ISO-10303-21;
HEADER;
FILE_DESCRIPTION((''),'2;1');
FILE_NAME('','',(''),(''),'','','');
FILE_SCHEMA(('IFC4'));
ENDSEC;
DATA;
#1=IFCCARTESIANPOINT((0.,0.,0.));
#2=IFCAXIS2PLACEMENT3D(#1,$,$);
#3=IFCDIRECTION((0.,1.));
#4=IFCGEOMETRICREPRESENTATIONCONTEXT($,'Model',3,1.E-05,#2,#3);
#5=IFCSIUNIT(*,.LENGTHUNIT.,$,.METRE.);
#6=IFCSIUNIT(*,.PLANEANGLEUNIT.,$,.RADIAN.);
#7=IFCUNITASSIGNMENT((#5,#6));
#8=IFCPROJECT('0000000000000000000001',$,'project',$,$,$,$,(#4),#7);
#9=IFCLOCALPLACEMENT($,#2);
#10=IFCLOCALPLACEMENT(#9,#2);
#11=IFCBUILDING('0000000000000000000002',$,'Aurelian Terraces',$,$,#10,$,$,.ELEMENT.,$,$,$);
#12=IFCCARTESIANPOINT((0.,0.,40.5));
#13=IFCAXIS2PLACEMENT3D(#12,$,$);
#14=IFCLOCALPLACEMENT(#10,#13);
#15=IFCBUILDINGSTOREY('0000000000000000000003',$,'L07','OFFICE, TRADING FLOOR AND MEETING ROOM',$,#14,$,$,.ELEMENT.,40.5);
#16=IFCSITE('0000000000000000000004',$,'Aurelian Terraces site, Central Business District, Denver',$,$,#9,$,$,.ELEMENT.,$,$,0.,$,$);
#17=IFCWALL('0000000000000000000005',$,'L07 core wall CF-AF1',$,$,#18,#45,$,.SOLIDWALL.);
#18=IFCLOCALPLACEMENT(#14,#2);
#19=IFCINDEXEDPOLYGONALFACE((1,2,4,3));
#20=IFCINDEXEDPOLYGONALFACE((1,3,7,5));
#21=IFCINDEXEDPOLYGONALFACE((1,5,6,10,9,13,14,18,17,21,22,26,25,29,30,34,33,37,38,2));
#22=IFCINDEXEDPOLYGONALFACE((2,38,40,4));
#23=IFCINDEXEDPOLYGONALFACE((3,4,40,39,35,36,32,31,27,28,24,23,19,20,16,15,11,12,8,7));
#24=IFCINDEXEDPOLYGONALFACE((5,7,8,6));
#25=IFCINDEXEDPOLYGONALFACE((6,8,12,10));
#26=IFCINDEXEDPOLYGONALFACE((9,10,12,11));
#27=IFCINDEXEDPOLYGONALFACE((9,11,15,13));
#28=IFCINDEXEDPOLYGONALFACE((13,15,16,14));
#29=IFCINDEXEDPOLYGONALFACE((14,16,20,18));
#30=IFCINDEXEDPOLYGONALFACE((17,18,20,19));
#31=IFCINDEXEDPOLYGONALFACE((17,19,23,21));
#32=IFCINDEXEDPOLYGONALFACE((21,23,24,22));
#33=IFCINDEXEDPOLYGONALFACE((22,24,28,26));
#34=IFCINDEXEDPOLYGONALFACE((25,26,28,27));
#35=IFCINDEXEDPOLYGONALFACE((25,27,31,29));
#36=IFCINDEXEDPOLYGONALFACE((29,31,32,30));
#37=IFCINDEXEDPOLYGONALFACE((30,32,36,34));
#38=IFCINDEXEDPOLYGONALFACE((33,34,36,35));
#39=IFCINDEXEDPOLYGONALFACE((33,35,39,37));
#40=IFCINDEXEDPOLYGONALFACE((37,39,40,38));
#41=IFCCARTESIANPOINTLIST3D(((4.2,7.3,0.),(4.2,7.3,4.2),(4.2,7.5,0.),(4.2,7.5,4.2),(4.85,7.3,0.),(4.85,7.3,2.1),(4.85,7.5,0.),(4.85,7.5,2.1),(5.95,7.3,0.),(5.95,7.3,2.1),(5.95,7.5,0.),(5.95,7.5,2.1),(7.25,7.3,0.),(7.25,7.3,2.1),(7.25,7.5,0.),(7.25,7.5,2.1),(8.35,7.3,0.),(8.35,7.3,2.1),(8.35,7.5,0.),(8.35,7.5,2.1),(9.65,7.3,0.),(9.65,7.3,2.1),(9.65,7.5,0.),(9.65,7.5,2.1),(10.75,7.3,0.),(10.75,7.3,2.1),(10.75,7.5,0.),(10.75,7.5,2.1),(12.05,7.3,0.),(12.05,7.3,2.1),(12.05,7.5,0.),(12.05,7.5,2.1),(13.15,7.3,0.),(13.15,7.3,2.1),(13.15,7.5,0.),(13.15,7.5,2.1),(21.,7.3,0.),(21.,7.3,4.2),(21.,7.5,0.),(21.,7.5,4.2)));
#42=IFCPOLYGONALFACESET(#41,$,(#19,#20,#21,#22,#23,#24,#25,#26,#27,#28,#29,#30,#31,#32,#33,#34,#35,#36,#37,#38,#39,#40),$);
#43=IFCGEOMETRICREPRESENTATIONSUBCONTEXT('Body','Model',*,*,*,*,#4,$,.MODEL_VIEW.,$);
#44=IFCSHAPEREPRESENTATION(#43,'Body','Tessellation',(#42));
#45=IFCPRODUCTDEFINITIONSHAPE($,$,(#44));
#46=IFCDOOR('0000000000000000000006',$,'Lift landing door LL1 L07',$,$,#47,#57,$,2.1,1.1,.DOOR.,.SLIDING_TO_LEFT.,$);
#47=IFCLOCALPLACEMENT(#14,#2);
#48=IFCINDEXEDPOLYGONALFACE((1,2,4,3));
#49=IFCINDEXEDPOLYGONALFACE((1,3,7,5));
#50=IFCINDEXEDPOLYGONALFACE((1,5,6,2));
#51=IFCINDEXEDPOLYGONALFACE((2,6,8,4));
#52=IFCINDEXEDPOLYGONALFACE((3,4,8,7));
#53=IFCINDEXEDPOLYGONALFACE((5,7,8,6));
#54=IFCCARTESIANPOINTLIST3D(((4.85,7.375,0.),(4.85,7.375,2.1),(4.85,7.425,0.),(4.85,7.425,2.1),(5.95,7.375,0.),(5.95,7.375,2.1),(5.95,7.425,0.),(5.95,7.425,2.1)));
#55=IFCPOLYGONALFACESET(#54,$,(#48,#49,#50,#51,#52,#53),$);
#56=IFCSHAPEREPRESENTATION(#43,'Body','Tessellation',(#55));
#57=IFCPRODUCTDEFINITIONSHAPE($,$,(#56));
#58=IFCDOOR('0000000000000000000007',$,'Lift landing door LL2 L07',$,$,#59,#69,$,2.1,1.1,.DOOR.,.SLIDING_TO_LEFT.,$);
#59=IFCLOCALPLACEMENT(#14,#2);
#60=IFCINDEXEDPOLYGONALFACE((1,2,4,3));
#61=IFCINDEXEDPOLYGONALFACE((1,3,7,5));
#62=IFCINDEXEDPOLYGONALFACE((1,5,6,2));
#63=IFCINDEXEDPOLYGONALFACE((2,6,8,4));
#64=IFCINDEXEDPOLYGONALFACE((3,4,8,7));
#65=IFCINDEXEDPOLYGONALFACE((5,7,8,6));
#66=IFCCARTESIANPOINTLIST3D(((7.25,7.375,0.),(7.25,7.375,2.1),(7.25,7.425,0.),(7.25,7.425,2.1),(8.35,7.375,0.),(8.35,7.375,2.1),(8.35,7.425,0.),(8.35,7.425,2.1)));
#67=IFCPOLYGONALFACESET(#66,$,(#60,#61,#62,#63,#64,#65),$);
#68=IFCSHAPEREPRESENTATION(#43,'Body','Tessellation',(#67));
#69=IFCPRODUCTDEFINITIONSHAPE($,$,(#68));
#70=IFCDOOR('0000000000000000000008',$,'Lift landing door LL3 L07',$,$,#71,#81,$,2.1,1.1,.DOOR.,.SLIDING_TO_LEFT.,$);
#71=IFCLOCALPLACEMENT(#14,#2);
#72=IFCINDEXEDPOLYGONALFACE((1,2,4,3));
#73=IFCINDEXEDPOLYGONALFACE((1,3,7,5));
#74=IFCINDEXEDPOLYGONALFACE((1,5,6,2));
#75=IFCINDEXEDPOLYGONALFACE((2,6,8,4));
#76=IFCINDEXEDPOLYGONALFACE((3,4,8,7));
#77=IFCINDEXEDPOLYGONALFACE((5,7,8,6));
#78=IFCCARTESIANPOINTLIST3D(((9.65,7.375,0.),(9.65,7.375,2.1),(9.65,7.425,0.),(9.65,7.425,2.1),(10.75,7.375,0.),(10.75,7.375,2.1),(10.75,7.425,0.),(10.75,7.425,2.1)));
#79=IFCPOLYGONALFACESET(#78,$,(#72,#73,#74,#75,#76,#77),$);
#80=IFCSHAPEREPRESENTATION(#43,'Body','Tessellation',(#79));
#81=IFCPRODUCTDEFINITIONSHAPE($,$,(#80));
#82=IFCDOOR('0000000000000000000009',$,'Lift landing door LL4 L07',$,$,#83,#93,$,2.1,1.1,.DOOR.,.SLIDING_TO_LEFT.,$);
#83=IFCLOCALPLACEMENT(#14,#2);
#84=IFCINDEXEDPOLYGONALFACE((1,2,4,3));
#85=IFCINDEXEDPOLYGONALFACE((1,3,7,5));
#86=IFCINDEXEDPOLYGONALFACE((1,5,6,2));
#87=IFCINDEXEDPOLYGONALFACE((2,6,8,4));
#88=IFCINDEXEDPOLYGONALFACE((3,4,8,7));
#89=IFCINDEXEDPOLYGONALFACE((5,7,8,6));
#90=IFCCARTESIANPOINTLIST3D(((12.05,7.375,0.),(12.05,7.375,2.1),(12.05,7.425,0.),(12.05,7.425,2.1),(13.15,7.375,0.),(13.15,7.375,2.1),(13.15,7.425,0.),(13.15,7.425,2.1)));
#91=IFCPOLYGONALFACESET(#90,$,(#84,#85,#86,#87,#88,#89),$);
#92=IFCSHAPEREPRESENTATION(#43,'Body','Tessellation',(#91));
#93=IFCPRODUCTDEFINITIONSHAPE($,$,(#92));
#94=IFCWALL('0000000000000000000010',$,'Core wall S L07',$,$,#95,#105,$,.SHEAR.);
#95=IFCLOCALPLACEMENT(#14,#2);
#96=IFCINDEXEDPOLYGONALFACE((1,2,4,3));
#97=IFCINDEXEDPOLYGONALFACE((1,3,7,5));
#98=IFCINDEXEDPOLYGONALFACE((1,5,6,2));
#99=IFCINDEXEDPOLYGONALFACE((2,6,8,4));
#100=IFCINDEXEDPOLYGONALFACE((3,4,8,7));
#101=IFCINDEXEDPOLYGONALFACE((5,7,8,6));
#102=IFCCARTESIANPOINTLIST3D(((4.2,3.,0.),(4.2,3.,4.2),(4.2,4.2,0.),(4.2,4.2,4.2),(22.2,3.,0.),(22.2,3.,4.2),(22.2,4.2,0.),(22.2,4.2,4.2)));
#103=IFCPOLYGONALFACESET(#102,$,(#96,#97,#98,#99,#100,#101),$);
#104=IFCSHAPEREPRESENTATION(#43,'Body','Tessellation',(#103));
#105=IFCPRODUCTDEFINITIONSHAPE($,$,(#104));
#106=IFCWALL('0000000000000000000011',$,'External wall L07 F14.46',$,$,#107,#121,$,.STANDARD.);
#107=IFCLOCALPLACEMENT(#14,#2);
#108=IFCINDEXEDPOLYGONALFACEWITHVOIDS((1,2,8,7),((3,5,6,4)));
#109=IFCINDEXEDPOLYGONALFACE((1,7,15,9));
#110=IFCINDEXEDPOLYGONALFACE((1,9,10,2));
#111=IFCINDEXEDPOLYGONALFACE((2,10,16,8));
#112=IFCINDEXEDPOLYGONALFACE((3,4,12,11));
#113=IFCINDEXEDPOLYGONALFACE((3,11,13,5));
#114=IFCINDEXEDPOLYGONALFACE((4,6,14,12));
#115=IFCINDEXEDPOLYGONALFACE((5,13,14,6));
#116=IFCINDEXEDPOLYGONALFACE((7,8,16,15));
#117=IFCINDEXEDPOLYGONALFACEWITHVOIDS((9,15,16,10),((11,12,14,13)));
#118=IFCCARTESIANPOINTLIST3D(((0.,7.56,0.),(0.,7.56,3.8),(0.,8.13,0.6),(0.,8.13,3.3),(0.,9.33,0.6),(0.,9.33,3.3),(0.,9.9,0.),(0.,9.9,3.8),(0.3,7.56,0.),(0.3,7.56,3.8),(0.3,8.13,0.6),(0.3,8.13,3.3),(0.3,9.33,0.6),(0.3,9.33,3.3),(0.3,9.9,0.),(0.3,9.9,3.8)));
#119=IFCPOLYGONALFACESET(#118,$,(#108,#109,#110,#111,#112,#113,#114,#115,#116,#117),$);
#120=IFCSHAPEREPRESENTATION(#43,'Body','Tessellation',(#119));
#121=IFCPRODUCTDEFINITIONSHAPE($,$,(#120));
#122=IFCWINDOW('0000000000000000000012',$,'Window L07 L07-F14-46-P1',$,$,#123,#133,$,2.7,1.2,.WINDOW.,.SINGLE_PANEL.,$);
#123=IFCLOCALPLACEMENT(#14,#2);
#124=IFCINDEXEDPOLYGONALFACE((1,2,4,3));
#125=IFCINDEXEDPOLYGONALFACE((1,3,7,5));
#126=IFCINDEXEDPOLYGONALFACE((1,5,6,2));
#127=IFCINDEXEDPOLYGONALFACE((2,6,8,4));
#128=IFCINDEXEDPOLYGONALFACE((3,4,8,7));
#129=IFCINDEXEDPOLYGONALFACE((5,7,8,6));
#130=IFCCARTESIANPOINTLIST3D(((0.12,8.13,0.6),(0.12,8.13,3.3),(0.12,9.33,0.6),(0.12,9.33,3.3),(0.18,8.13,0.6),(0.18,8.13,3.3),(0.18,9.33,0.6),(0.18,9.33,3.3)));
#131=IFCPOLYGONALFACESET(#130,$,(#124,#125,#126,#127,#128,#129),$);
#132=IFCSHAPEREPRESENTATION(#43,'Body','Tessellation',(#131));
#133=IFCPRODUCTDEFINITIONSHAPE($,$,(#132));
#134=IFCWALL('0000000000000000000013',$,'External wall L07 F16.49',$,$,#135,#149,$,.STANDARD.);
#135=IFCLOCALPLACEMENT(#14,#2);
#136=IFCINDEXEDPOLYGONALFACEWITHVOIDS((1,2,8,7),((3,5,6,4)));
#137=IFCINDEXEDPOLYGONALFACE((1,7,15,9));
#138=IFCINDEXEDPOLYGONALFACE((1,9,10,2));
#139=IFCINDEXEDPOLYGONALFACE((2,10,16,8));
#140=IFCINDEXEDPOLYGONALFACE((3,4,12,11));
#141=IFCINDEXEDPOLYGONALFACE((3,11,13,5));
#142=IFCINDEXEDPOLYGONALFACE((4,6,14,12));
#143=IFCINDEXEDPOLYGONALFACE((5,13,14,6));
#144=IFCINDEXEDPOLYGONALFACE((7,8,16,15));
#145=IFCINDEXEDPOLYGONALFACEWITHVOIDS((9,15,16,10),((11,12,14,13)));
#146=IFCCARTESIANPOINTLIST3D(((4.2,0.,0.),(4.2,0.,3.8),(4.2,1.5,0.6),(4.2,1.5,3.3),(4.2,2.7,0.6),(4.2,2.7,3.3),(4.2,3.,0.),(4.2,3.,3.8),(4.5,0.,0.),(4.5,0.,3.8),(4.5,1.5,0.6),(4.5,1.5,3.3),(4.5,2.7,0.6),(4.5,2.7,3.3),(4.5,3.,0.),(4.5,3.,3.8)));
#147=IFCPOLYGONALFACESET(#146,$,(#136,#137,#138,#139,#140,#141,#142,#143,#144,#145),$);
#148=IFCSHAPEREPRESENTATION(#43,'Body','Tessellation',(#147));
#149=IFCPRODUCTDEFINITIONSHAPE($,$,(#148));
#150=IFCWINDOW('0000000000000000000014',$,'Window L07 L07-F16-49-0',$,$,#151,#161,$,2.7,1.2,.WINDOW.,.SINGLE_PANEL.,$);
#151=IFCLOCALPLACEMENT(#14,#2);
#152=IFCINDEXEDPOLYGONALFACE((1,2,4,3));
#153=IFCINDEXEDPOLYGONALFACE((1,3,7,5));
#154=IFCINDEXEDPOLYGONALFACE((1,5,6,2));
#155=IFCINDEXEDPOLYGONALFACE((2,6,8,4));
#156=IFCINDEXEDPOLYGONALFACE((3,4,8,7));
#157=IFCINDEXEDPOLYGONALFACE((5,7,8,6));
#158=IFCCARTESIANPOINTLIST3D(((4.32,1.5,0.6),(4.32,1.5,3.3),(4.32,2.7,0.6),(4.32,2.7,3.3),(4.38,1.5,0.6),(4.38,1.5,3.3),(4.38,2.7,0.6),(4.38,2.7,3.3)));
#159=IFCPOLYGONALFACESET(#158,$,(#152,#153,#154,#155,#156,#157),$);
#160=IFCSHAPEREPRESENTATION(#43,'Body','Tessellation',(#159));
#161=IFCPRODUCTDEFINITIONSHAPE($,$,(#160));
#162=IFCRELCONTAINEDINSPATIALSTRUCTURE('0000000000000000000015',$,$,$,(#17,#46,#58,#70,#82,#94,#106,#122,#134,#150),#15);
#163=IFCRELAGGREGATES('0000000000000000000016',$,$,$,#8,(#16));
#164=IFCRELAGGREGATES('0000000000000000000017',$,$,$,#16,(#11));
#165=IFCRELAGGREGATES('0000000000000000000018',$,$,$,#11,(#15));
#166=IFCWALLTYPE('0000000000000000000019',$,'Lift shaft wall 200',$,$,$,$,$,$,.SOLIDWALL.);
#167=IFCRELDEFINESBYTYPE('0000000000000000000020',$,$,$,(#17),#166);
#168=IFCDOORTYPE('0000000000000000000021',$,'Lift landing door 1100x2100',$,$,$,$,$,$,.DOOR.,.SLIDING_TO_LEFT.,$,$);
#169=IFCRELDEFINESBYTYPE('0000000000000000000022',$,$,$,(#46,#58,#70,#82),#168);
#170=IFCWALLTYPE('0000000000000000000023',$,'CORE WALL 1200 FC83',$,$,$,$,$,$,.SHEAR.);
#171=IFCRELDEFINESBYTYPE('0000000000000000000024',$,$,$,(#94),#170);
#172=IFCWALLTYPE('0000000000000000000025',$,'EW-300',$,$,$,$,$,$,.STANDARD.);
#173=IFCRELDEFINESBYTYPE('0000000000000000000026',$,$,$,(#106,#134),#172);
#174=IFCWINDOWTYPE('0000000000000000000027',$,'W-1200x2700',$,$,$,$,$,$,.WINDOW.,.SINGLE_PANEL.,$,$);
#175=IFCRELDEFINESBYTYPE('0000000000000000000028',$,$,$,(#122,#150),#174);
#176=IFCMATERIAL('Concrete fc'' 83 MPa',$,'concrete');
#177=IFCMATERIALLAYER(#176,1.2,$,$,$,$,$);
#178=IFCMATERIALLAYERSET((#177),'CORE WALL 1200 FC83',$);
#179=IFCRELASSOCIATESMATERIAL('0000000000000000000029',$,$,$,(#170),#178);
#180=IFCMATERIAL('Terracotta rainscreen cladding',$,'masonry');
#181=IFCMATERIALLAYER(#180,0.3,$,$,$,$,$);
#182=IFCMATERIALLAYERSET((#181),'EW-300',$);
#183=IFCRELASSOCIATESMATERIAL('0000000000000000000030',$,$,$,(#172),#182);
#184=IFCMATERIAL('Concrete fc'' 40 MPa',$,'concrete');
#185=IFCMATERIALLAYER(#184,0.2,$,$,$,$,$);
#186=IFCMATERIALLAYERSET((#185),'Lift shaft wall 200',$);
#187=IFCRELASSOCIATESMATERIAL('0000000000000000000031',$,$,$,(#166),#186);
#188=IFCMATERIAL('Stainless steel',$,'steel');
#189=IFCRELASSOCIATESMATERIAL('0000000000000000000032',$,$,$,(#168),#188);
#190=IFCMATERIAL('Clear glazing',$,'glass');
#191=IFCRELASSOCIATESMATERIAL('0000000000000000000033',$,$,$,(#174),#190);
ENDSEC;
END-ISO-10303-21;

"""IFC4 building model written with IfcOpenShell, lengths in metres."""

from ifc_helpers import new_model, si_unit, direction, frame, frame_2d, origin, place, context, subcontext, project, spatial, rectangle, extrude, source, transform, mapped, material, layer, layer_set, type_object, element, fill, save


model = new_model("IFC4")

# Units and contexts
model_context = context("Model", 3, precision=1e-05, world=origin(), true_north=direction((0.0, 1.0)))
body_context = subcontext(model_context, "Body", "Model", "MODEL_VIEW")
ifc_project = project(units=[si_unit("LENGTHUNIT", "METRE"), si_unit("PLANEANGLEUNIT", "RADIAN")], contexts=[model_context])

# Site, building, storey
site_placement = place(None, origin())
site = spatial("IfcSite", under=ifc_project, at=site_placement, Name="Aurelian Terraces site, Central Business District, Denver", CompositionType="ELEMENT", RefElevation=0.0)
building_placement = place(site_placement, origin())
building = spatial("IfcBuilding", under=site, at=building_placement, Name="Aurelian Terraces", CompositionType="ELEMENT")
storey_placement = place(building_placement, frame((0.0, 0.0, 40.5)))
storey = spatial("IfcBuildingStorey", under=building, at=storey_placement, Name="L07", Description="OFFICE, TRADING FLOOR AND MEETING ROOM", CompositionType="ELEMENT", Elevation=40.5)

# Shared definitions
ifc_material_1 = material(Name="Concrete fc' 83 MPa", Category="concrete")

# Shared definitions
ifc_layer_1 = layer(ifc_material_1, 1.2)
ifc_layer_set_1 = layer_set([ifc_layer_1], Name="CORE WALL 1200 FC83")
wall_type_1 = type_object("IfcWallType", Name="CORE WALL 1200 FC83", PredefinedType="SHEAR", material=ifc_layer_set_1)

# Shared definitions
ifc_material_2 = material(Name="Terracotta rainscreen cladding", Category="masonry")
ifc_layer_2 = layer(ifc_material_2, 0.3)
ifc_layer_set_2 = layer_set([ifc_layer_2], Name="EW-300")
wall_type_2 = type_object("IfcWallType", Name="EW-300", PredefinedType="STANDARD", material=ifc_layer_set_2)
ifc_material_3 = material(Name="Clear glazing", Category="glass")

# Shared definitions
ifc_material_4 = material(Name="Concrete fc' 40 MPa", Category="concrete")
ifc_layer_3 = layer(ifc_material_4, 0.2)
ifc_layer_set_3 = layer_set([ifc_layer_3], Name="Lift shaft wall 200")
wall_type_3 = type_object("IfcWallType", Name="Lift shaft wall 200", PredefinedType="SOLIDWALL", material=ifc_layer_set_3)

# Wall, openings, doors
wall_1_placement = place(storey_placement, frame((4.2, 7.4, 0.0), z_axis=(0.0, 0.0, 1.0), x_axis=(1.0, 0.0, 0.0)))
wall_1 = element("IfcWall", 1, at=wall_1_placement, inside=storey, type_object=wall_type_3, Name="L07 core wall CF-AF1", PredefinedType="SOLIDWALL", context=body_context, shape_type="SweptSolid", body=[
    extrude(rectangle(XDim=16.8, YDim=0.2, at=frame_2d((8.4, 0.0))), origin(), (0.0, 0.0, 1.0), 4.2),
])
shared_shape_1 = source(origin(), body_context, "Body", "SweptSolid", [
    extrude(rectangle(XDim=1.1, YDim=2.1, at=frame_2d((0.55, 1.05))), frame((0.0, 0.11, 0.0), z_axis=(0.0, -1.0, 0.0), x_axis=(1.0, 0.0, 0.0)), (0.0, 0.0, 1.0), 0.22),
])
opening_1_placement = place(wall_1_placement, frame((0.65, 0.0, 0.0)))
opening_1 = element("IfcOpeningElement", 2, at=opening_1_placement, cuts=wall_1, PredefinedType="OPENING", context=body_context, shape_type="MappedRepresentation", body=[
    mapped(shared_shape_1, transform((0.0, 0.0, 0.0), scale=1.0)),
])
opening_2_placement = place(wall_1_placement, frame((3.05, 0.0, 0.0)))
opening_2 = element("IfcOpeningElement", 3, at=opening_2_placement, cuts=wall_1, PredefinedType="OPENING", context=body_context, shape_type="MappedRepresentation", body=[
    mapped(shared_shape_1, transform((0.0, 0.0, 0.0), scale=1.0)),
])
opening_3_placement = place(wall_1_placement, frame((5.45, 0.0, 0.0)))
opening_3 = element("IfcOpeningElement", 4, at=opening_3_placement, cuts=wall_1, PredefinedType="OPENING", context=body_context, shape_type="MappedRepresentation", body=[
    mapped(shared_shape_1, transform((0.0, 0.0, 0.0), scale=1.0)),
])
opening_4_placement = place(wall_1_placement, frame((7.85, 0.0, 0.0)))
opening_4 = element("IfcOpeningElement", 5, at=opening_4_placement, cuts=wall_1, PredefinedType="OPENING", context=body_context, shape_type="MappedRepresentation", body=[
    mapped(shared_shape_1, transform((0.0, 0.0, 0.0), scale=1.0)),
])
ifc_material_5 = material(Name="Stainless steel", Category="steel")
door_type_1 = type_object("IfcDoorType", Name="Lift landing door 1100x2100", OperationType="SLIDING_TO_LEFT", PredefinedType="DOOR", material=ifc_material_5)
shared_shape_2 = source(origin(), body_context, "Body", "SweptSolid", [
    extrude(rectangle(XDim=1.1, YDim=2.1, at=frame_2d((0.55, 1.05))), frame((0.0, 0.025, 0.0), z_axis=(0.0, -1.0, 0.0), x_axis=(1.0, 0.0, 0.0)), (0.0, 0.0, 1.0), 0.05),
])
door_1_placement = place(opening_1_placement, origin())
door_1 = element("IfcDoor", 6, at=door_1_placement, inside=storey, type_object=door_type_1, Name="Lift landing door LL1 L07", OperationType="SLIDING_TO_LEFT", OverallHeight=2.1, OverallWidth=1.1, PredefinedType="DOOR", context=body_context, shape_type="MappedRepresentation", body=[
    mapped(shared_shape_2, transform((0.0, 0.0, 0.0), scale=1.0)),
])
fill(opening_1, door_1)
door_2_placement = place(opening_2_placement, origin())
door_2 = element("IfcDoor", 7, at=door_2_placement, inside=storey, type_object=door_type_1, Name="Lift landing door LL2 L07", OperationType="SLIDING_TO_LEFT", OverallHeight=2.1, OverallWidth=1.1, PredefinedType="DOOR", context=body_context, shape_type="MappedRepresentation", body=[
    mapped(shared_shape_2, transform((0.0, 0.0, 0.0), scale=1.0)),
])
fill(opening_2, door_2)
door_3_placement = place(opening_3_placement, origin())
door_3 = element("IfcDoor", 8, at=door_3_placement, inside=storey, type_object=door_type_1, Name="Lift landing door LL3 L07", OperationType="SLIDING_TO_LEFT", OverallHeight=2.1, OverallWidth=1.1, PredefinedType="DOOR", context=body_context, shape_type="MappedRepresentation", body=[
    mapped(shared_shape_2, transform((0.0, 0.0, 0.0), scale=1.0)),
])
fill(opening_3, door_3)
door_4_placement = place(opening_4_placement, origin())
door_4 = element("IfcDoor", 9, at=door_4_placement, inside=storey, type_object=door_type_1, Name="Lift landing door LL4 L07", OperationType="SLIDING_TO_LEFT", OverallHeight=2.1, OverallWidth=1.1, PredefinedType="DOOR", context=body_context, shape_type="MappedRepresentation", body=[
    mapped(shared_shape_2, transform((0.0, 0.0, 0.0), scale=1.0)),
])
fill(opening_4, door_4)

# Wall
shared_shape_3 = source(origin(), body_context, "Body", "SweptSolid", [
    extrude(rectangle(XDim=18.0, YDim=1.2, at=frame_2d((9.0, 0.0))), origin(), (0.0, 0.0, 1.0), 4.2),
])
wall_2_placement = place(storey_placement, frame((4.2, 3.6, 0.0), z_axis=(0.0, 0.0, 1.0), x_axis=(1.0, 0.0, 0.0)))
element("IfcWall", 10, at=wall_2_placement, inside=storey, type_object=wall_type_1, Name="Core wall S L07", PredefinedType="SHEAR", context=body_context, shape_type="MappedRepresentation", body=[
    mapped(shared_shape_3, transform((0.0, 0.0, 0.0), scale=1.0)),
])

# Walls, openings, windows
shared_shape_4 = source(origin(), body_context, "Body", "SweptSolid", [
    extrude(rectangle(XDim=2.34, YDim=0.3, at=frame_2d((1.17, 0.0))), origin(), (0.0, 0.0, 1.0), 3.8),
])
wall_3_placement = place(storey_placement, frame((0.15, 9.9, 0.0), z_axis=(0.0, 0.0, 1.0), x_axis=(0.0, -1.0, 0.0)))
wall_3 = element("IfcWall", 11, at=wall_3_placement, inside=storey, type_object=wall_type_2, Name="External wall L07 F14.46", PredefinedType="STANDARD", context=body_context, shape_type="MappedRepresentation", body=[
    mapped(shared_shape_4, transform((0.0, 0.0, 0.0), scale=1.0)),
])
shared_shape_5 = source(origin(), body_context, "Body", "SweptSolid", [
    extrude(rectangle(XDim=1.2, YDim=2.7, at=frame_2d((0.6, 1.35))), frame((0.0, 0.16, 0.0), z_axis=(0.0, -1.0, 0.0), x_axis=(1.0, 0.0, 0.0)), (0.0, 0.0, 1.0), 0.32),
])
opening_5_placement = place(wall_3_placement, frame((0.57, 0.0, 0.6)))
opening_5 = element("IfcOpeningElement", 12, at=opening_5_placement, cuts=wall_3, PredefinedType="OPENING", context=body_context, shape_type="MappedRepresentation", body=[
    mapped(shared_shape_5, transform((0.0, 0.0, 0.0), scale=1.0)),
])
window_type_1 = type_object("IfcWindowType", Name="W-1200x2700", PartitioningType="SINGLE_PANEL", PredefinedType="WINDOW", material=ifc_material_3)
shared_shape_6 = source(origin(), body_context, "Body", "SweptSolid", [
    extrude(rectangle(XDim=1.2, YDim=2.7, at=frame_2d((0.6, 1.35))), frame((0.0, 0.03, 0.0), z_axis=(0.0, -1.0, 0.0), x_axis=(1.0, 0.0, 0.0)), (0.0, 0.0, 1.0), 0.06),
])
window_1_placement = place(opening_5_placement, origin())
window_1 = element("IfcWindow", 13, at=window_1_placement, inside=storey, type_object=window_type_1, Name="Window L07 L07-F14-46-P1", OverallHeight=2.7, OverallWidth=1.2, PartitioningType="SINGLE_PANEL", PredefinedType="WINDOW", context=body_context, shape_type="MappedRepresentation", body=[
    mapped(shared_shape_6, transform((0.0, 0.0, 0.0), scale=1.0)),
])
fill(opening_5, window_1)
shared_shape_7 = source(origin(), body_context, "Body", "SweptSolid", [
    extrude(rectangle(XDim=3.0, YDim=0.3, at=frame_2d((1.5, 0.0))), origin(), (0.0, 0.0, 1.0), 3.8),
])
wall_4_placement = place(storey_placement, frame((4.35, 3.0, 0.0), z_axis=(0.0, 0.0, 1.0), x_axis=(0.0, -1.0, 0.0)))
wall_4 = element("IfcWall", 14, at=wall_4_placement, inside=storey, type_object=wall_type_2, Name="External wall L07 F16.49", PredefinedType="STANDARD", context=body_context, shape_type="MappedRepresentation", body=[
    mapped(shared_shape_7, transform((0.0, 0.0, 0.0), scale=1.0)),
])
opening_6_placement = place(wall_4_placement, frame((0.3, 0.0, 0.6)))
opening_6 = element("IfcOpeningElement", 15, at=opening_6_placement, cuts=wall_4, PredefinedType="OPENING", context=body_context, shape_type="MappedRepresentation", body=[
    mapped(shared_shape_5, transform((0.0, 0.0, 0.0), scale=1.0)),
])
window_2_placement = place(opening_6_placement, origin())
window_2 = element("IfcWindow", 16, at=window_2_placement, inside=storey, type_object=window_type_1, Name="Window L07 L07-F16-49-0", OverallHeight=2.7, OverallWidth=1.2, PartitioningType="SINGLE_PANEL", PredefinedType="WINDOW", context=body_context, shape_type="MappedRepresentation", body=[
    mapped(shared_shape_6, transform((0.0, 0.0, 0.0), scale=1.0)),
])
fill(opening_6, window_2)

save(model, "model.ifc")
